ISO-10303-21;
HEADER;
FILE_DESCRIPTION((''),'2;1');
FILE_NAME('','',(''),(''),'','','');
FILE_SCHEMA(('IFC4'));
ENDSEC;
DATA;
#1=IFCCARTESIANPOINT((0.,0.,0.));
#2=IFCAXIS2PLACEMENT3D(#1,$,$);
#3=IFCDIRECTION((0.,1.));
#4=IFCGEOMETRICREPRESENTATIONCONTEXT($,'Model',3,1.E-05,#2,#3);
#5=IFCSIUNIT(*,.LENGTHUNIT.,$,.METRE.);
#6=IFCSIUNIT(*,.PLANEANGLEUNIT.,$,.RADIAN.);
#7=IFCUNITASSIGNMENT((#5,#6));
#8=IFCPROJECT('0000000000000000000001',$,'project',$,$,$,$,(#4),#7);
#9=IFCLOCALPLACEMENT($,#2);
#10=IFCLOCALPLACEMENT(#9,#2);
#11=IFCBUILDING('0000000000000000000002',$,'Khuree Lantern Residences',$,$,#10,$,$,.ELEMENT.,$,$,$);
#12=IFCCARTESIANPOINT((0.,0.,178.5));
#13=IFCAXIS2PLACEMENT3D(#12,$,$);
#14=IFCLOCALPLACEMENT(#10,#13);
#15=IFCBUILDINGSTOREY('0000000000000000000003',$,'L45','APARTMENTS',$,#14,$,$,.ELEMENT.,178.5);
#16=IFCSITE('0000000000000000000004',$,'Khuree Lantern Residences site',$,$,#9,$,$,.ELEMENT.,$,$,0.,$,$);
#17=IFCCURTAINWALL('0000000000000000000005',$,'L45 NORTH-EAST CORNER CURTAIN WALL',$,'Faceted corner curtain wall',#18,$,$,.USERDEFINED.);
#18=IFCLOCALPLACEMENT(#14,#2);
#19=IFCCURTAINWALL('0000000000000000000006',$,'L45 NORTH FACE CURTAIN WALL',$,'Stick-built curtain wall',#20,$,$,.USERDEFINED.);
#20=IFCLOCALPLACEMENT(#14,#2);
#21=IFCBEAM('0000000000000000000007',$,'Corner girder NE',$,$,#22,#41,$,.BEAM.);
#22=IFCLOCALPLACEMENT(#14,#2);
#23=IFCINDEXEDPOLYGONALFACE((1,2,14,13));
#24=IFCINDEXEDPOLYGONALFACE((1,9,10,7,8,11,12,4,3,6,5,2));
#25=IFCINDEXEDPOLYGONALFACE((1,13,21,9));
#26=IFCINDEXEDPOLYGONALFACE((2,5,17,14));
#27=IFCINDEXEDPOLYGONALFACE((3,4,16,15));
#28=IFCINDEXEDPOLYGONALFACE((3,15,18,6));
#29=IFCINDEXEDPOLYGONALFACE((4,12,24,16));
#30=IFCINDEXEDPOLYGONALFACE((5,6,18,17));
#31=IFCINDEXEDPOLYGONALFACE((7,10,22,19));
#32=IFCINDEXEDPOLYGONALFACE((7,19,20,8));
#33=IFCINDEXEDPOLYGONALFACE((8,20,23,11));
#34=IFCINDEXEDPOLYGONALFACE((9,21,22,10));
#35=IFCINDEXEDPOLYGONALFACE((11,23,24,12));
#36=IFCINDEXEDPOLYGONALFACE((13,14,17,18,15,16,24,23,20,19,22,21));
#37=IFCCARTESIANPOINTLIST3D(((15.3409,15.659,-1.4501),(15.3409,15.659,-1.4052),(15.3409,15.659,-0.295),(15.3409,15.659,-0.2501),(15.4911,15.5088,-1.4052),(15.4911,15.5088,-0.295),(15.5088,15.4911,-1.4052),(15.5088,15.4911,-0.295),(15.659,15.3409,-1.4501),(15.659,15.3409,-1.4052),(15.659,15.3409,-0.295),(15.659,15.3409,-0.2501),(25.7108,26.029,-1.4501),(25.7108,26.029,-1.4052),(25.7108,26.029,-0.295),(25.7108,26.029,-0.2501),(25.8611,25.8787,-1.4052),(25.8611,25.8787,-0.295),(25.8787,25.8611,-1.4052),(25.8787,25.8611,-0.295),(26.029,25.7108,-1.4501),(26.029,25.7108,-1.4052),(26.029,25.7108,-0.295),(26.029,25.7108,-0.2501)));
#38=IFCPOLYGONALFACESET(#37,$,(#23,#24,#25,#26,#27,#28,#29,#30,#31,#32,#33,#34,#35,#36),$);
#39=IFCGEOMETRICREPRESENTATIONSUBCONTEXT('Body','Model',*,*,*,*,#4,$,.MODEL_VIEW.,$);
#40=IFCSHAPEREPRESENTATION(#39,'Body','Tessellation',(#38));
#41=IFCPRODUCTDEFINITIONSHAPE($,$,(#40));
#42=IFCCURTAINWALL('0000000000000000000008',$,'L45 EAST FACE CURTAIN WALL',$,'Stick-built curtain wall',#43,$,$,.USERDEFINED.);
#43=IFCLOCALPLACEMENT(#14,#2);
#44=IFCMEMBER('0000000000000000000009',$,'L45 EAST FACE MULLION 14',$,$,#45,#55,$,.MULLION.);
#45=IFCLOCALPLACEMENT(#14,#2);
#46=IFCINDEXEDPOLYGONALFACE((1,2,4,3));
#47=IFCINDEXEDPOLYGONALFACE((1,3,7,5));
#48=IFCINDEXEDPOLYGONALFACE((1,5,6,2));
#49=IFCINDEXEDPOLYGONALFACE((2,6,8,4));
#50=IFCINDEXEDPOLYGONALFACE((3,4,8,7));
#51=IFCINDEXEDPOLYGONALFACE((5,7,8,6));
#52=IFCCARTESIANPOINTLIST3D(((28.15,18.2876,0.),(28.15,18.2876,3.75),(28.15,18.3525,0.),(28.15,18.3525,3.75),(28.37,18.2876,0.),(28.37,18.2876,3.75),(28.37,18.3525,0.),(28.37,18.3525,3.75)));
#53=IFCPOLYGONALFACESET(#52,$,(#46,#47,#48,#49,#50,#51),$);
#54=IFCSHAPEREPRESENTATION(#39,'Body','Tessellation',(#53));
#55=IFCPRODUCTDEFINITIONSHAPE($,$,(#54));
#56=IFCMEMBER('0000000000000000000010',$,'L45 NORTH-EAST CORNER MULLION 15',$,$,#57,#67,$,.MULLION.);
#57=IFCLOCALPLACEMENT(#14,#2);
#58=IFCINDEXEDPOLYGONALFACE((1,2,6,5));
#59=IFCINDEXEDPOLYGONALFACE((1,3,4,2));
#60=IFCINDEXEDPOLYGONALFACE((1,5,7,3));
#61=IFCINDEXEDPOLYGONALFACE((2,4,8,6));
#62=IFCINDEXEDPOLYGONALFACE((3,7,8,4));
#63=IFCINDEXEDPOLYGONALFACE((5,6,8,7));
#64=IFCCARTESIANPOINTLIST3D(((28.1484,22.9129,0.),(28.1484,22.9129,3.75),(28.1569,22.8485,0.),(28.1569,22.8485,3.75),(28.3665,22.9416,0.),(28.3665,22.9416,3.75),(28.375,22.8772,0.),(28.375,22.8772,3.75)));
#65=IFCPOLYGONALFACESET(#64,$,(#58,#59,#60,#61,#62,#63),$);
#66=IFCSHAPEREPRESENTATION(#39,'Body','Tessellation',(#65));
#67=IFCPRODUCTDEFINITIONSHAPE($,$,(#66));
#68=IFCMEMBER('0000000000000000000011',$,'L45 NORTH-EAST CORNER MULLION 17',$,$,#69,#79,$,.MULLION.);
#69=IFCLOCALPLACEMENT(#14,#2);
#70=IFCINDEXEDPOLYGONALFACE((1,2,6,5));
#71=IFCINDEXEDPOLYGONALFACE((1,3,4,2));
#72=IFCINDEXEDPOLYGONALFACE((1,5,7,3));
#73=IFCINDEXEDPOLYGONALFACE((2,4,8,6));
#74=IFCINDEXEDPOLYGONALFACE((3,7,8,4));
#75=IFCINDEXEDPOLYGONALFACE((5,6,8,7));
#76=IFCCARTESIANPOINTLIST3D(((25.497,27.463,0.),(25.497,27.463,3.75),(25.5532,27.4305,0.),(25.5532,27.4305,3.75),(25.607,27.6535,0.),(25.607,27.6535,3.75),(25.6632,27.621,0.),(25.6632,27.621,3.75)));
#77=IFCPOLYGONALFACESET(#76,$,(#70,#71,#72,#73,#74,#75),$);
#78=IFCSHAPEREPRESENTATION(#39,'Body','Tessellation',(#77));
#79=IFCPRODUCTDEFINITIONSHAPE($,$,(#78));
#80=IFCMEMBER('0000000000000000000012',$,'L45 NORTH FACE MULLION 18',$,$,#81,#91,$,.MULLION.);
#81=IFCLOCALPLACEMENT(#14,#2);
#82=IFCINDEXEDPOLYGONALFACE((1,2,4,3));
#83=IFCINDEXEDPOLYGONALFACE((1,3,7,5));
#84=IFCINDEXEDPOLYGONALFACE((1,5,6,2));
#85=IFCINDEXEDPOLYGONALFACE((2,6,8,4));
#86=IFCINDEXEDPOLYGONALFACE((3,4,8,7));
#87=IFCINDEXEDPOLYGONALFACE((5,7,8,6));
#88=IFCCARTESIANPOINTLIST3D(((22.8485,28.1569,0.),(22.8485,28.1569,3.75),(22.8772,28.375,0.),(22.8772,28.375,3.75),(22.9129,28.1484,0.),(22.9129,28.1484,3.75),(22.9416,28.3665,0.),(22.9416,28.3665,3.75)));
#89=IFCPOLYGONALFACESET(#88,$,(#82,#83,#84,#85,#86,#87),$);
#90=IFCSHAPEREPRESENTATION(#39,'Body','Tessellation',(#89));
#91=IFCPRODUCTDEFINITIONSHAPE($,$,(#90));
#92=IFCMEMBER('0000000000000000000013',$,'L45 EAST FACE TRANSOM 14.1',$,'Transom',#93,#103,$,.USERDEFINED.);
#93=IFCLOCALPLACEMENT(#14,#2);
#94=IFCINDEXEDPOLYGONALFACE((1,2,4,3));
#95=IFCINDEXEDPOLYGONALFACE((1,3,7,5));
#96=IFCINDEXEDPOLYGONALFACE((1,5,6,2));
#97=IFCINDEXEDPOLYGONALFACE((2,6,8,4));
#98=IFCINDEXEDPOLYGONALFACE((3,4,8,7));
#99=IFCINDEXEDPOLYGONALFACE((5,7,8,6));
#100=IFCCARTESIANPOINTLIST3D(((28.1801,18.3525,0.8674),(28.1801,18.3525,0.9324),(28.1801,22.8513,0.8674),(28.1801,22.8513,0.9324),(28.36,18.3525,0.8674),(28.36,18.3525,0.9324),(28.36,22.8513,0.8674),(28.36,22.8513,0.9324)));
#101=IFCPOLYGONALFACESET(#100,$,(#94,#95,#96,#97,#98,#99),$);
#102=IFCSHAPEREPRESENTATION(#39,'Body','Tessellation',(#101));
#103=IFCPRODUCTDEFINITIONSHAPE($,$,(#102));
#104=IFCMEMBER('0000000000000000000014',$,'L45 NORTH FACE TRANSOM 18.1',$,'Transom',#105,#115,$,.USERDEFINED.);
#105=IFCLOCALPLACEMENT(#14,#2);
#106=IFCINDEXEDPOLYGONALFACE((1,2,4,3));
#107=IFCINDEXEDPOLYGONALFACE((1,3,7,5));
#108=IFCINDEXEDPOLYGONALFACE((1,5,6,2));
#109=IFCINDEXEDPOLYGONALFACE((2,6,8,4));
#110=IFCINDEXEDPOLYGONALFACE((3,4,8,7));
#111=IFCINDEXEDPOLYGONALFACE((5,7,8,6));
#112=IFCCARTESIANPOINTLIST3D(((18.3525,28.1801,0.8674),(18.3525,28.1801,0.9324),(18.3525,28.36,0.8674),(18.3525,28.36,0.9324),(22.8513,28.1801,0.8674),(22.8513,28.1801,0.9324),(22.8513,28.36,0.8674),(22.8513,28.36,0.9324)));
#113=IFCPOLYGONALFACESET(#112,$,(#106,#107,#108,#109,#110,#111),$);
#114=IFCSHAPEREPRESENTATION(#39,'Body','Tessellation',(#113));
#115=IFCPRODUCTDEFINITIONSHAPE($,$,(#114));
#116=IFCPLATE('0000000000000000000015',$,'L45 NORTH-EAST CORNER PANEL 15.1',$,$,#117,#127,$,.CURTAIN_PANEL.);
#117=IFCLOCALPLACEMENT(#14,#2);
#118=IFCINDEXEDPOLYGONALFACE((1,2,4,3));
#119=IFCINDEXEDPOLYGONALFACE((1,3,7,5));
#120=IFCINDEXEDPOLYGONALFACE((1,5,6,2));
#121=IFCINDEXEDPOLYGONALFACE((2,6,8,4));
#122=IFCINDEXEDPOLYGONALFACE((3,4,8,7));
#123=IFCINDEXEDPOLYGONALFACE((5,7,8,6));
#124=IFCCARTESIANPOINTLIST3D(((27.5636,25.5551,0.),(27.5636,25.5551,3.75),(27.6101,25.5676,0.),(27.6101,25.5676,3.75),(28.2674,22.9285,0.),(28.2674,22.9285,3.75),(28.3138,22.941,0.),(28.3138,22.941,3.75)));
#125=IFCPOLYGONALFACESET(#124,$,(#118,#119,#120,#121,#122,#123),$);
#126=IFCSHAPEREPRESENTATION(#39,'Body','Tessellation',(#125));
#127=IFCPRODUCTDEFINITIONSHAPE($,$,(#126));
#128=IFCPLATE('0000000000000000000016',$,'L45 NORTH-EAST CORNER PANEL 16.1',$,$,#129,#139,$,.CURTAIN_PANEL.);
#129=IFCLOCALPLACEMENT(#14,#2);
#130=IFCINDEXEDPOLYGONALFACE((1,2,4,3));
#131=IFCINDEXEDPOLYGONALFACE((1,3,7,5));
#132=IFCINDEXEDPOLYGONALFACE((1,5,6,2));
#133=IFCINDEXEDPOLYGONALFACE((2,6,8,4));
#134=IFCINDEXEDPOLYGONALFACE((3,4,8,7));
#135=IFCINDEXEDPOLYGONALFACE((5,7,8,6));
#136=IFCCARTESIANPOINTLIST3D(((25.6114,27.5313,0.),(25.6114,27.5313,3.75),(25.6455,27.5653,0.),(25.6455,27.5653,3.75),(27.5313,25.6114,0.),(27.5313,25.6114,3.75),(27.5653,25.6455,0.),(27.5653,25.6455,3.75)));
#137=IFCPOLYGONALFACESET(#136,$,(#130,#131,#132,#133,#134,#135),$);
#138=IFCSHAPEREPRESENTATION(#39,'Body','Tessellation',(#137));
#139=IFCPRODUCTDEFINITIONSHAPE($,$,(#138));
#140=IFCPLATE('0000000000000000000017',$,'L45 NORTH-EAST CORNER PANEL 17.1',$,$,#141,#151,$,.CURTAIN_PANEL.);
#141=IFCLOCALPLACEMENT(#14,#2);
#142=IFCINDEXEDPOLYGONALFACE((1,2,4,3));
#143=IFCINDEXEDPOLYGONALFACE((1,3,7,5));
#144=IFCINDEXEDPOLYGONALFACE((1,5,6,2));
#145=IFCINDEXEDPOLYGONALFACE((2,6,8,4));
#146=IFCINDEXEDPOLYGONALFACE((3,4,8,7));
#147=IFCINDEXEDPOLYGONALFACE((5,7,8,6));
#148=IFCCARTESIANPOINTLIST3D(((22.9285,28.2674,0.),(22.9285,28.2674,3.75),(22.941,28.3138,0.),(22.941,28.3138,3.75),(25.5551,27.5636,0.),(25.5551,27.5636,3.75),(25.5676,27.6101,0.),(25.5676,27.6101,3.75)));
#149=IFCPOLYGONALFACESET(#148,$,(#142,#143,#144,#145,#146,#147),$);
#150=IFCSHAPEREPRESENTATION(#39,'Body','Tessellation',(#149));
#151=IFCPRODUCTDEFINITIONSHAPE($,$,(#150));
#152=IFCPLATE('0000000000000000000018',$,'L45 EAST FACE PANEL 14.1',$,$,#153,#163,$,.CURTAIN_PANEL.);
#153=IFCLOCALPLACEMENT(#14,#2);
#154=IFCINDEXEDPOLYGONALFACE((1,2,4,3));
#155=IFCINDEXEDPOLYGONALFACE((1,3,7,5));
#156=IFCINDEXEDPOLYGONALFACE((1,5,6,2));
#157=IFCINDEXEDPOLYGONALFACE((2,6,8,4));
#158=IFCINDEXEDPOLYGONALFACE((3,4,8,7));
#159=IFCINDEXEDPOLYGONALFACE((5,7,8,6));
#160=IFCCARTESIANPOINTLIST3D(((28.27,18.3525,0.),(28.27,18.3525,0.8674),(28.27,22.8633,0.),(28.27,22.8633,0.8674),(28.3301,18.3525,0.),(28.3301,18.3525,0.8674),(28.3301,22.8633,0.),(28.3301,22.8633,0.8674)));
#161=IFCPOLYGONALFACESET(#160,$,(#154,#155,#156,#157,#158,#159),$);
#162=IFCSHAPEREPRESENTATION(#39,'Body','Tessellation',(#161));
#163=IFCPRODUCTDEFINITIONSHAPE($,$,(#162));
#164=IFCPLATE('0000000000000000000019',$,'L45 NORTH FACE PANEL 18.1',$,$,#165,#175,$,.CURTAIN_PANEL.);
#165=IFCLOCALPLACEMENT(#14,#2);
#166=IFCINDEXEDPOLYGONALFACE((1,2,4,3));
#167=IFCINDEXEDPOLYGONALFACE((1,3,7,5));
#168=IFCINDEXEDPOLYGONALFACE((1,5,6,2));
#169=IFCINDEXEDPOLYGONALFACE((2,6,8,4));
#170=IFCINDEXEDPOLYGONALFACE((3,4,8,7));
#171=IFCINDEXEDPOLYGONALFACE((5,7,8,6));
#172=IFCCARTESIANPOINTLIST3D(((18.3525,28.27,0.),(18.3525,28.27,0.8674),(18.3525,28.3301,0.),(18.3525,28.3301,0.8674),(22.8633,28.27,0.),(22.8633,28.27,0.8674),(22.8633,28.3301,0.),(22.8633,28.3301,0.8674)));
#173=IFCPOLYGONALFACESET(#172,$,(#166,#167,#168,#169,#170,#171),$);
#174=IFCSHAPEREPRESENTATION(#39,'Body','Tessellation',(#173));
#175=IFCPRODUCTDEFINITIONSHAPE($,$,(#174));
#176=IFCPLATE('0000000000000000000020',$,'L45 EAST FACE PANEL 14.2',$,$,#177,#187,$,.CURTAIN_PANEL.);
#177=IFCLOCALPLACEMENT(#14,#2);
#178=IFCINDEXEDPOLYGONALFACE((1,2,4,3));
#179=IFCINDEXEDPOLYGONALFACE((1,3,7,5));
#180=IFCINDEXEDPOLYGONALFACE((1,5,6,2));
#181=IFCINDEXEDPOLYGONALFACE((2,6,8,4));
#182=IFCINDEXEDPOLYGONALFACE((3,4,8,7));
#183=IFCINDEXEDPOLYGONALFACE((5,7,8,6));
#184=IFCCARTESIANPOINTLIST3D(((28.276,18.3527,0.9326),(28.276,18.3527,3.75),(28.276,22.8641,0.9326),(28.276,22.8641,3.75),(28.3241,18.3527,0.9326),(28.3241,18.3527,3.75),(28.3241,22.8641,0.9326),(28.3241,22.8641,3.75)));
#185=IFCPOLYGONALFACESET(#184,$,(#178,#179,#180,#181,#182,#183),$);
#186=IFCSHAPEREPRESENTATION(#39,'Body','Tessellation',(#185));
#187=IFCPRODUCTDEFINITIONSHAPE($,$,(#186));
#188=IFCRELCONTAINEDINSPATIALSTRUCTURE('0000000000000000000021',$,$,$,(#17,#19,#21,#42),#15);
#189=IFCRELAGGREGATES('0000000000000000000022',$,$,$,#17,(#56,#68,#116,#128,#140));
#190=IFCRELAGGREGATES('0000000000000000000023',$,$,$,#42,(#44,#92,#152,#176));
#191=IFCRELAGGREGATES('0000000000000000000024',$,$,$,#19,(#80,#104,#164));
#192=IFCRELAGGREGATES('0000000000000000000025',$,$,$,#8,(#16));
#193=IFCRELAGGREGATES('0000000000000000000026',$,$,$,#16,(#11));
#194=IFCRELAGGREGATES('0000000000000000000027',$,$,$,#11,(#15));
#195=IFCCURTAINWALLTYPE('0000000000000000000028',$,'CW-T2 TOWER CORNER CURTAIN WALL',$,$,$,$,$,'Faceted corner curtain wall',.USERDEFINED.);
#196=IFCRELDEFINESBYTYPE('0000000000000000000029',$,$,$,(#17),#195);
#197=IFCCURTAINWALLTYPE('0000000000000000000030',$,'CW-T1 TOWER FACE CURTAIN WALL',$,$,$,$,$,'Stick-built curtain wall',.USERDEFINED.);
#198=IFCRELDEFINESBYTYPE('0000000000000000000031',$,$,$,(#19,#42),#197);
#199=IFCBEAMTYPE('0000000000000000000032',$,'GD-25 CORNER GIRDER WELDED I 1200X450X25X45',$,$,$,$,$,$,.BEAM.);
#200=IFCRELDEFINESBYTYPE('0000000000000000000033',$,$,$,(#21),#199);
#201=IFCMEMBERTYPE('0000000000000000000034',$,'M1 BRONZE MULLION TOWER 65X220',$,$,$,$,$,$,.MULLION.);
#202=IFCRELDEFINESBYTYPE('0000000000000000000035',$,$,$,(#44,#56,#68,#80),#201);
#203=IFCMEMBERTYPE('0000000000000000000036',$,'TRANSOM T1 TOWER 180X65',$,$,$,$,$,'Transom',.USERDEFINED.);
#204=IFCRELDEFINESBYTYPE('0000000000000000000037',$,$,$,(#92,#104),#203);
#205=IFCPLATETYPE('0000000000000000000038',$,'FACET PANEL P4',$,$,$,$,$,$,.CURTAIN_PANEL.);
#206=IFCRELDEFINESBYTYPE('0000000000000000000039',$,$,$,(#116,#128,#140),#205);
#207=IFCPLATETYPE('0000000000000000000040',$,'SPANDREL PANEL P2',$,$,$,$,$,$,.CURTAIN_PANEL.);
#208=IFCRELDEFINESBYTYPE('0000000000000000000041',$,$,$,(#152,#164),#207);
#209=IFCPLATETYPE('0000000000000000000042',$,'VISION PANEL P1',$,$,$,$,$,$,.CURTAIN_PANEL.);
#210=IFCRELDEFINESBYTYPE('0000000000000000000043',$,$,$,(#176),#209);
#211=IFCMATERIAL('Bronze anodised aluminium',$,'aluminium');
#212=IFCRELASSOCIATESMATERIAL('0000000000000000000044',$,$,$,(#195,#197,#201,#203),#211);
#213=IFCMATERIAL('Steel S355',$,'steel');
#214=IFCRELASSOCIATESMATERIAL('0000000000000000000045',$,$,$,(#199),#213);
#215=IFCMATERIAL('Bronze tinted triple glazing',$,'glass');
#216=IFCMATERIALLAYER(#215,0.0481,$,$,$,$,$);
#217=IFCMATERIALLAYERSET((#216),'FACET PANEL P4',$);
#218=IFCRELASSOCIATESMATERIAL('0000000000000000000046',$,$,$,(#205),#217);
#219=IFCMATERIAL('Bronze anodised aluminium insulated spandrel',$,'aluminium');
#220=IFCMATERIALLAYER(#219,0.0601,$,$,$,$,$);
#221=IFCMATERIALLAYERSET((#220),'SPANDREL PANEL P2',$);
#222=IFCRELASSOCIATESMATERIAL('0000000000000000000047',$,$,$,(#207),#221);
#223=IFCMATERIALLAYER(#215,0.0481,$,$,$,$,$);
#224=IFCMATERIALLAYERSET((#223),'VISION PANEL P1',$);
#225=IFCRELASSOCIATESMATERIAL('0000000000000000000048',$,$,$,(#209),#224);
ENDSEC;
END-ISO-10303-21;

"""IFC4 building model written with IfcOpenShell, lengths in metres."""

from ifc_helpers import new_model, si_unit, direction, frame, origin, origin_2d, place, context, subcontext, project, spatial, rectangle, i_section, extrude, material, layer, layer_set, material_profile, profile_set, type_object, element, aggregate, save


model = new_model("IFC4")

# Units and contexts
model_context = context("Model", 3, precision=1e-05, world=origin(), true_north=direction((0.0, 1.0)))
body_context = subcontext(model_context, "Body", "Model", "MODEL_VIEW")
ifc_project = project(units=[si_unit("LENGTHUNIT", "METRE"), si_unit("PLANEANGLEUNIT", "RADIAN")], contexts=[model_context])

# Site, building, storey
site_placement = place(None, origin())
site = spatial("IfcSite", under=ifc_project, at=site_placement, Name="Khuree Lantern Residences site", CompositionType="ELEMENT", RefElevation=0.0)
building_placement = place(site_placement, origin())
building = spatial("IfcBuilding", under=site, at=building_placement, Name="Khuree Lantern Residences", CompositionType="ELEMENT")
storey_placement = place(building_placement, frame((0.0, 0.0, 178.5)))
storey = spatial("IfcBuildingStorey", under=building, at=storey_placement, Name="L45", Description="APARTMENTS", CompositionType="ELEMENT", Elevation=178.5)

# Shared definitions
ifc_material_1 = material(Name="Steel S355", Category="steel")

# Curtain walls
ifc_material_2 = material(Name="Bronze anodised aluminium", Category="aluminium")
curtain_wall_type_1 = type_object("IfcCurtainWallType", Name="CW-T2 TOWER CORNER CURTAIN WALL", ElementType="Faceted corner curtain wall", PredefinedType="USERDEFINED", material=ifc_material_2)
curtain_wall_1_placement = place(storey_placement, origin())
curtain_wall_1 = element("IfcCurtainWall", 1, at=curtain_wall_1_placement, inside=storey, type_object=curtain_wall_type_1, Name="L45 NORTH-EAST CORNER CURTAIN WALL", ObjectType="Faceted corner curtain wall", PredefinedType="USERDEFINED")
curtain_wall_type_2 = type_object("IfcCurtainWallType", Name="CW-T1 TOWER FACE CURTAIN WALL", ElementType="Stick-built curtain wall", PredefinedType="USERDEFINED", material=ifc_material_2)
curtain_wall_2_placement = place(storey_placement, origin())
curtain_wall_2 = element("IfcCurtainWall", 2, at=curtain_wall_2_placement, inside=storey, type_object=curtain_wall_type_2, Name="L45 NORTH FACE CURTAIN WALL", ObjectType="Stick-built curtain wall", PredefinedType="USERDEFINED")

# Beam
ifc_material_profile_1 = material_profile(ifc_material_1, i_section(OverallWidth=0.45, OverallDepth=1.2, WebThickness=0.0249, FlangeThickness=0.0449, at=origin_2d()), Name="WELDED I 1200X450X25X45")
ifc_profile_set_1 = profile_set([ifc_material_profile_1], Name="Steel S355")
beam_type_1 = type_object("IfcBeamType", Name="GD-25 CORNER GIRDER WELDED I 1200X450X25X45", PredefinedType="BEAM", material=ifc_profile_set_1)
beam_1_placement = place(storey_placement, frame((25.8699, 25.8699, -0.8501), z_axis=(-0.707107, -0.707107, 0.0), x_axis=(0.707107, -0.707107, 0.0)))
element("IfcBeam", 3, at=beam_1_placement, inside=storey, type_object=beam_type_1, Name="Corner girder NE", PredefinedType="BEAM", context=body_context, shape_type="SweptSolid", body=[
    extrude(i_section(OverallWidth=0.45, OverallDepth=1.2, WebThickness=0.0249, FlangeThickness=0.0449, at=origin_2d()), origin(), (0.0, 0.0, 1.0), 14.6653),
])

# Curtain wall, member
curtain_wall_3_placement = place(storey_placement, origin())
curtain_wall_3 = element("IfcCurtainWall", 4, at=curtain_wall_3_placement, inside=storey, type_object=curtain_wall_type_2, Name="L45 EAST FACE CURTAIN WALL", ObjectType="Stick-built curtain wall", PredefinedType="USERDEFINED")
ifc_material_profile_2 = material_profile(ifc_material_2, rectangle(XDim=0.0649, YDim=0.22, at=origin_2d()), Name="M1 65X220")
ifc_profile_set_2 = profile_set([ifc_material_profile_2], Name="Bronze anodised aluminium")
member_type_1 = type_object("IfcMemberType", Name="M1 BRONZE MULLION TOWER 65X220", PredefinedType="MULLION", material=ifc_profile_set_2)
member_1_placement = place(storey_placement, frame((28.26, 18.3201, 0.0), z_axis=(0.0, 0.0, 1.0), x_axis=(0.0, 1.0, 0.0)))
member_1 = element("IfcMember", 5, at=member_1_placement, type_object=member_type_1, Name="L45 EAST FACE MULLION 14", PredefinedType="MULLION", context=body_context, shape_type="SweptSolid", body=[
    extrude(rectangle(XDim=0.0649, YDim=0.22, at=origin_2d()), origin(), (0.0, 0.0, 1.0), 3.75),
])

# Members
member_2_placement = place(storey_placement, frame((28.2617, 22.895, 0.0), z_axis=(0.0, 0.0, 1.0), x_axis=(-0.130526, 0.991445, 0.0)))
member_2 = element("IfcMember", 6, at=member_2_placement, type_object=member_type_1, Name="L45 NORTH-EAST CORNER MULLION 15", PredefinedType="MULLION", context=body_context, shape_type="SweptSolid", body=[
    extrude(rectangle(XDim=0.0649, YDim=0.22, at=origin_2d()), origin(), (0.0, 0.0, 1.0), 3.75),
])
member_3_placement = place(storey_placement, frame((25.5801, 27.542, 0.0), z_axis=(0.0, 0.0, 1.0), x_axis=(-0.866025, 0.5, 0.0)))
member_3 = element("IfcMember", 7, at=member_3_placement, type_object=member_type_1, Name="L45 NORTH-EAST CORNER MULLION 17", PredefinedType="MULLION", context=body_context, shape_type="SweptSolid", body=[
    extrude(rectangle(XDim=0.0649, YDim=0.22, at=origin_2d()), origin(), (0.0, 0.0, 1.0), 3.75),
])
member_4_placement = place(storey_placement, frame((22.895, 28.2617, 0.0), z_axis=(0.0, 0.0, 1.0), x_axis=(-0.991445, 0.130526, 0.0)))
member_4 = element("IfcMember", 8, at=member_4_placement, type_object=member_type_1, Name="L45 NORTH FACE MULLION 18", PredefinedType="MULLION", context=body_context, shape_type="SweptSolid", body=[
    extrude(rectangle(XDim=0.0649, YDim=0.22, at=origin_2d()), origin(), (0.0, 0.0, 1.0), 3.75),
])
ifc_material_profile_3 = material_profile(ifc_material_2, rectangle(XDim=0.1799, YDim=0.0649, at=origin_2d()), Name="T1 180X65")
ifc_profile_set_3 = profile_set([ifc_material_profile_3], Name="Bronze anodised aluminium")
member_type_2 = type_object("IfcMemberType", Name="TRANSOM T1 TOWER 180X65", ElementType="Transom", PredefinedType="USERDEFINED", material=ifc_profile_set_3)
member_5_placement = place(storey_placement, frame((28.27, 18.3525, 0.8999), z_axis=(0.0, 1.0, 0.0), x_axis=(-1.0, 0.0, 0.0)))
member_5 = element("IfcMember", 9, at=member_5_placement, type_object=member_type_2, Name="L45 EAST FACE TRANSOM 14.1", ObjectType="Transom", PredefinedType="USERDEFINED", context=body_context, shape_type="SweptSolid", body=[
    extrude(rectangle(XDim=0.1799, YDim=0.0649, at=origin_2d()), origin(), (0.0, 0.0, 1.0), 4.4988),
])
member_6_placement = place(storey_placement, frame((22.8513, 28.27, 0.8999), z_axis=(-1.0, 0.0, 0.0), x_axis=(0.0, -1.0, 0.0)))
member_6 = element("IfcMember", 10, at=member_6_placement, type_object=member_type_2, Name="L45 NORTH FACE TRANSOM 18.1", ObjectType="Transom", PredefinedType="USERDEFINED", context=body_context, shape_type="SweptSolid", body=[
    extrude(rectangle(XDim=0.1799, YDim=0.0649, at=origin_2d()), origin(), (0.0, 0.0, 1.0), 4.4988),
])

# Plates
ifc_material_3 = material(Name="Bronze tinted triple glazing", Category="glass")
ifc_layer_1 = layer(ifc_material_3, 0.0481)
ifc_layer_set_1 = layer_set([ifc_layer_1], Name="FACET PANEL P4")
plate_type_1 = type_object("IfcPlateType", Name="FACET PANEL P4", PredefinedType="CURTAIN_PANEL", material=ifc_layer_set_1)
plate_1_placement = place(storey_placement, frame((27.9387, 24.248, 0.0), z_axis=(0.0, 0.0, 1.0), x_axis=(-0.258819, 0.965926, 0.0)))
plate_1 = element("IfcPlate", 11, at=plate_1_placement, type_object=plate_type_1, Name="L45 NORTH-EAST CORNER PANEL 15.1", PredefinedType="CURTAIN_PANEL", context=body_context, shape_type="SweptSolid", body=[
    extrude(rectangle(XDim=2.7192, YDim=0.0481, at=origin_2d()), origin(), (0.0, 0.0, 1.0), 3.75),
])
plate_2_placement = place(storey_placement, frame((26.5884, 26.5884, 0.0), z_axis=(0.0, 0.0, 1.0), x_axis=(-0.707107, 0.707107, 0.0)))
plate_2 = element("IfcPlate", 12, at=plate_2_placement, type_object=plate_type_1, Name="L45 NORTH-EAST CORNER PANEL 16.1", PredefinedType="CURTAIN_PANEL", context=body_context, shape_type="SweptSolid", body=[
    extrude(rectangle(XDim=2.7151, YDim=0.0481, at=origin_2d()), origin(), (0.0, 0.0, 1.0), 3.75),
])
plate_3_placement = place(storey_placement, frame((24.248, 27.9387, 0.0), z_axis=(0.0, 0.0, 1.0), x_axis=(-0.965926, 0.258819, 0.0)))
plate_3 = element("IfcPlate", 13, at=plate_3_placement, type_object=plate_type_1, Name="L45 NORTH-EAST CORNER PANEL 17.1", PredefinedType="CURTAIN_PANEL", context=body_context, shape_type="SweptSolid", body=[
    extrude(rectangle(XDim=2.7192, YDim=0.0481, at=origin_2d()), origin(), (0.0, 0.0, 1.0), 3.75),
])
aggregate(curtain_wall_1, [member_2, member_3, plate_1, plate_2, plate_3])
ifc_material_4 = material(Name="Bronze anodised aluminium insulated spandrel", Category="aluminium")
ifc_layer_2 = layer(ifc_material_4, 0.0601)
ifc_layer_set_2 = layer_set([ifc_layer_2], Name="SPANDREL PANEL P2")
plate_type_2 = type_object("IfcPlateType", Name="SPANDREL PANEL P2", PredefinedType="CURTAIN_PANEL", material=ifc_layer_set_2)
plate_4_placement = place(storey_placement, frame((28.3, 20.6079, 0.0), z_axis=(0.0, 0.0, 1.0), x_axis=(0.0, 1.0, 0.0)))
plate_4 = element("IfcPlate", 14, at=plate_4_placement, type_object=plate_type_2, Name="L45 EAST FACE PANEL 14.1", PredefinedType="CURTAIN_PANEL", context=body_context, shape_type="SweptSolid", body=[
    extrude(rectangle(XDim=4.5107, YDim=0.0601, at=origin_2d()), origin(), (0.0, 0.0, 1.0), 0.8674),
])
plate_5_placement = place(storey_placement, frame((20.6079, 28.3, 0.0), z_axis=(0.0, 0.0, 1.0), x_axis=(-1.0, 0.0, 0.0)))
plate_5 = element("IfcPlate", 15, at=plate_5_placement, type_object=plate_type_2, Name="L45 NORTH FACE PANEL 18.1", PredefinedType="CURTAIN_PANEL", context=body_context, shape_type="SweptSolid", body=[
    extrude(rectangle(XDim=4.5107, YDim=0.0601, at=origin_2d()), origin(), (0.0, 0.0, 1.0), 0.8674),
])
ifc_layer_3 = layer(ifc_material_3, 0.0481)
ifc_layer_set_3 = layer_set([ifc_layer_3], Name="VISION PANEL P1")
plate_type_3 = type_object("IfcPlateType", Name="VISION PANEL P1", PredefinedType="CURTAIN_PANEL", material=ifc_layer_set_3)
plate_6_placement = place(storey_placement, frame((28.3, 20.6084, 0.9326), z_axis=(0.0, 0.0, 1.0), x_axis=(0.0, 1.0, 0.0)))
plate_6 = element("IfcPlate", 16, at=plate_6_placement, type_object=plate_type_3, Name="L45 EAST FACE PANEL 14.2", PredefinedType="CURTAIN_PANEL", context=body_context, shape_type="SweptSolid", body=[
    extrude(rectangle(XDim=4.5115, YDim=0.0481, at=origin_2d()), origin(), (0.0, 0.0, 1.0), 2.8174),
])
aggregate(curtain_wall_3, [member_1, member_5, plate_4, plate_6])
aggregate(curtain_wall_2, [member_4, member_6, plate_5])

save(model, "model.ifc")
